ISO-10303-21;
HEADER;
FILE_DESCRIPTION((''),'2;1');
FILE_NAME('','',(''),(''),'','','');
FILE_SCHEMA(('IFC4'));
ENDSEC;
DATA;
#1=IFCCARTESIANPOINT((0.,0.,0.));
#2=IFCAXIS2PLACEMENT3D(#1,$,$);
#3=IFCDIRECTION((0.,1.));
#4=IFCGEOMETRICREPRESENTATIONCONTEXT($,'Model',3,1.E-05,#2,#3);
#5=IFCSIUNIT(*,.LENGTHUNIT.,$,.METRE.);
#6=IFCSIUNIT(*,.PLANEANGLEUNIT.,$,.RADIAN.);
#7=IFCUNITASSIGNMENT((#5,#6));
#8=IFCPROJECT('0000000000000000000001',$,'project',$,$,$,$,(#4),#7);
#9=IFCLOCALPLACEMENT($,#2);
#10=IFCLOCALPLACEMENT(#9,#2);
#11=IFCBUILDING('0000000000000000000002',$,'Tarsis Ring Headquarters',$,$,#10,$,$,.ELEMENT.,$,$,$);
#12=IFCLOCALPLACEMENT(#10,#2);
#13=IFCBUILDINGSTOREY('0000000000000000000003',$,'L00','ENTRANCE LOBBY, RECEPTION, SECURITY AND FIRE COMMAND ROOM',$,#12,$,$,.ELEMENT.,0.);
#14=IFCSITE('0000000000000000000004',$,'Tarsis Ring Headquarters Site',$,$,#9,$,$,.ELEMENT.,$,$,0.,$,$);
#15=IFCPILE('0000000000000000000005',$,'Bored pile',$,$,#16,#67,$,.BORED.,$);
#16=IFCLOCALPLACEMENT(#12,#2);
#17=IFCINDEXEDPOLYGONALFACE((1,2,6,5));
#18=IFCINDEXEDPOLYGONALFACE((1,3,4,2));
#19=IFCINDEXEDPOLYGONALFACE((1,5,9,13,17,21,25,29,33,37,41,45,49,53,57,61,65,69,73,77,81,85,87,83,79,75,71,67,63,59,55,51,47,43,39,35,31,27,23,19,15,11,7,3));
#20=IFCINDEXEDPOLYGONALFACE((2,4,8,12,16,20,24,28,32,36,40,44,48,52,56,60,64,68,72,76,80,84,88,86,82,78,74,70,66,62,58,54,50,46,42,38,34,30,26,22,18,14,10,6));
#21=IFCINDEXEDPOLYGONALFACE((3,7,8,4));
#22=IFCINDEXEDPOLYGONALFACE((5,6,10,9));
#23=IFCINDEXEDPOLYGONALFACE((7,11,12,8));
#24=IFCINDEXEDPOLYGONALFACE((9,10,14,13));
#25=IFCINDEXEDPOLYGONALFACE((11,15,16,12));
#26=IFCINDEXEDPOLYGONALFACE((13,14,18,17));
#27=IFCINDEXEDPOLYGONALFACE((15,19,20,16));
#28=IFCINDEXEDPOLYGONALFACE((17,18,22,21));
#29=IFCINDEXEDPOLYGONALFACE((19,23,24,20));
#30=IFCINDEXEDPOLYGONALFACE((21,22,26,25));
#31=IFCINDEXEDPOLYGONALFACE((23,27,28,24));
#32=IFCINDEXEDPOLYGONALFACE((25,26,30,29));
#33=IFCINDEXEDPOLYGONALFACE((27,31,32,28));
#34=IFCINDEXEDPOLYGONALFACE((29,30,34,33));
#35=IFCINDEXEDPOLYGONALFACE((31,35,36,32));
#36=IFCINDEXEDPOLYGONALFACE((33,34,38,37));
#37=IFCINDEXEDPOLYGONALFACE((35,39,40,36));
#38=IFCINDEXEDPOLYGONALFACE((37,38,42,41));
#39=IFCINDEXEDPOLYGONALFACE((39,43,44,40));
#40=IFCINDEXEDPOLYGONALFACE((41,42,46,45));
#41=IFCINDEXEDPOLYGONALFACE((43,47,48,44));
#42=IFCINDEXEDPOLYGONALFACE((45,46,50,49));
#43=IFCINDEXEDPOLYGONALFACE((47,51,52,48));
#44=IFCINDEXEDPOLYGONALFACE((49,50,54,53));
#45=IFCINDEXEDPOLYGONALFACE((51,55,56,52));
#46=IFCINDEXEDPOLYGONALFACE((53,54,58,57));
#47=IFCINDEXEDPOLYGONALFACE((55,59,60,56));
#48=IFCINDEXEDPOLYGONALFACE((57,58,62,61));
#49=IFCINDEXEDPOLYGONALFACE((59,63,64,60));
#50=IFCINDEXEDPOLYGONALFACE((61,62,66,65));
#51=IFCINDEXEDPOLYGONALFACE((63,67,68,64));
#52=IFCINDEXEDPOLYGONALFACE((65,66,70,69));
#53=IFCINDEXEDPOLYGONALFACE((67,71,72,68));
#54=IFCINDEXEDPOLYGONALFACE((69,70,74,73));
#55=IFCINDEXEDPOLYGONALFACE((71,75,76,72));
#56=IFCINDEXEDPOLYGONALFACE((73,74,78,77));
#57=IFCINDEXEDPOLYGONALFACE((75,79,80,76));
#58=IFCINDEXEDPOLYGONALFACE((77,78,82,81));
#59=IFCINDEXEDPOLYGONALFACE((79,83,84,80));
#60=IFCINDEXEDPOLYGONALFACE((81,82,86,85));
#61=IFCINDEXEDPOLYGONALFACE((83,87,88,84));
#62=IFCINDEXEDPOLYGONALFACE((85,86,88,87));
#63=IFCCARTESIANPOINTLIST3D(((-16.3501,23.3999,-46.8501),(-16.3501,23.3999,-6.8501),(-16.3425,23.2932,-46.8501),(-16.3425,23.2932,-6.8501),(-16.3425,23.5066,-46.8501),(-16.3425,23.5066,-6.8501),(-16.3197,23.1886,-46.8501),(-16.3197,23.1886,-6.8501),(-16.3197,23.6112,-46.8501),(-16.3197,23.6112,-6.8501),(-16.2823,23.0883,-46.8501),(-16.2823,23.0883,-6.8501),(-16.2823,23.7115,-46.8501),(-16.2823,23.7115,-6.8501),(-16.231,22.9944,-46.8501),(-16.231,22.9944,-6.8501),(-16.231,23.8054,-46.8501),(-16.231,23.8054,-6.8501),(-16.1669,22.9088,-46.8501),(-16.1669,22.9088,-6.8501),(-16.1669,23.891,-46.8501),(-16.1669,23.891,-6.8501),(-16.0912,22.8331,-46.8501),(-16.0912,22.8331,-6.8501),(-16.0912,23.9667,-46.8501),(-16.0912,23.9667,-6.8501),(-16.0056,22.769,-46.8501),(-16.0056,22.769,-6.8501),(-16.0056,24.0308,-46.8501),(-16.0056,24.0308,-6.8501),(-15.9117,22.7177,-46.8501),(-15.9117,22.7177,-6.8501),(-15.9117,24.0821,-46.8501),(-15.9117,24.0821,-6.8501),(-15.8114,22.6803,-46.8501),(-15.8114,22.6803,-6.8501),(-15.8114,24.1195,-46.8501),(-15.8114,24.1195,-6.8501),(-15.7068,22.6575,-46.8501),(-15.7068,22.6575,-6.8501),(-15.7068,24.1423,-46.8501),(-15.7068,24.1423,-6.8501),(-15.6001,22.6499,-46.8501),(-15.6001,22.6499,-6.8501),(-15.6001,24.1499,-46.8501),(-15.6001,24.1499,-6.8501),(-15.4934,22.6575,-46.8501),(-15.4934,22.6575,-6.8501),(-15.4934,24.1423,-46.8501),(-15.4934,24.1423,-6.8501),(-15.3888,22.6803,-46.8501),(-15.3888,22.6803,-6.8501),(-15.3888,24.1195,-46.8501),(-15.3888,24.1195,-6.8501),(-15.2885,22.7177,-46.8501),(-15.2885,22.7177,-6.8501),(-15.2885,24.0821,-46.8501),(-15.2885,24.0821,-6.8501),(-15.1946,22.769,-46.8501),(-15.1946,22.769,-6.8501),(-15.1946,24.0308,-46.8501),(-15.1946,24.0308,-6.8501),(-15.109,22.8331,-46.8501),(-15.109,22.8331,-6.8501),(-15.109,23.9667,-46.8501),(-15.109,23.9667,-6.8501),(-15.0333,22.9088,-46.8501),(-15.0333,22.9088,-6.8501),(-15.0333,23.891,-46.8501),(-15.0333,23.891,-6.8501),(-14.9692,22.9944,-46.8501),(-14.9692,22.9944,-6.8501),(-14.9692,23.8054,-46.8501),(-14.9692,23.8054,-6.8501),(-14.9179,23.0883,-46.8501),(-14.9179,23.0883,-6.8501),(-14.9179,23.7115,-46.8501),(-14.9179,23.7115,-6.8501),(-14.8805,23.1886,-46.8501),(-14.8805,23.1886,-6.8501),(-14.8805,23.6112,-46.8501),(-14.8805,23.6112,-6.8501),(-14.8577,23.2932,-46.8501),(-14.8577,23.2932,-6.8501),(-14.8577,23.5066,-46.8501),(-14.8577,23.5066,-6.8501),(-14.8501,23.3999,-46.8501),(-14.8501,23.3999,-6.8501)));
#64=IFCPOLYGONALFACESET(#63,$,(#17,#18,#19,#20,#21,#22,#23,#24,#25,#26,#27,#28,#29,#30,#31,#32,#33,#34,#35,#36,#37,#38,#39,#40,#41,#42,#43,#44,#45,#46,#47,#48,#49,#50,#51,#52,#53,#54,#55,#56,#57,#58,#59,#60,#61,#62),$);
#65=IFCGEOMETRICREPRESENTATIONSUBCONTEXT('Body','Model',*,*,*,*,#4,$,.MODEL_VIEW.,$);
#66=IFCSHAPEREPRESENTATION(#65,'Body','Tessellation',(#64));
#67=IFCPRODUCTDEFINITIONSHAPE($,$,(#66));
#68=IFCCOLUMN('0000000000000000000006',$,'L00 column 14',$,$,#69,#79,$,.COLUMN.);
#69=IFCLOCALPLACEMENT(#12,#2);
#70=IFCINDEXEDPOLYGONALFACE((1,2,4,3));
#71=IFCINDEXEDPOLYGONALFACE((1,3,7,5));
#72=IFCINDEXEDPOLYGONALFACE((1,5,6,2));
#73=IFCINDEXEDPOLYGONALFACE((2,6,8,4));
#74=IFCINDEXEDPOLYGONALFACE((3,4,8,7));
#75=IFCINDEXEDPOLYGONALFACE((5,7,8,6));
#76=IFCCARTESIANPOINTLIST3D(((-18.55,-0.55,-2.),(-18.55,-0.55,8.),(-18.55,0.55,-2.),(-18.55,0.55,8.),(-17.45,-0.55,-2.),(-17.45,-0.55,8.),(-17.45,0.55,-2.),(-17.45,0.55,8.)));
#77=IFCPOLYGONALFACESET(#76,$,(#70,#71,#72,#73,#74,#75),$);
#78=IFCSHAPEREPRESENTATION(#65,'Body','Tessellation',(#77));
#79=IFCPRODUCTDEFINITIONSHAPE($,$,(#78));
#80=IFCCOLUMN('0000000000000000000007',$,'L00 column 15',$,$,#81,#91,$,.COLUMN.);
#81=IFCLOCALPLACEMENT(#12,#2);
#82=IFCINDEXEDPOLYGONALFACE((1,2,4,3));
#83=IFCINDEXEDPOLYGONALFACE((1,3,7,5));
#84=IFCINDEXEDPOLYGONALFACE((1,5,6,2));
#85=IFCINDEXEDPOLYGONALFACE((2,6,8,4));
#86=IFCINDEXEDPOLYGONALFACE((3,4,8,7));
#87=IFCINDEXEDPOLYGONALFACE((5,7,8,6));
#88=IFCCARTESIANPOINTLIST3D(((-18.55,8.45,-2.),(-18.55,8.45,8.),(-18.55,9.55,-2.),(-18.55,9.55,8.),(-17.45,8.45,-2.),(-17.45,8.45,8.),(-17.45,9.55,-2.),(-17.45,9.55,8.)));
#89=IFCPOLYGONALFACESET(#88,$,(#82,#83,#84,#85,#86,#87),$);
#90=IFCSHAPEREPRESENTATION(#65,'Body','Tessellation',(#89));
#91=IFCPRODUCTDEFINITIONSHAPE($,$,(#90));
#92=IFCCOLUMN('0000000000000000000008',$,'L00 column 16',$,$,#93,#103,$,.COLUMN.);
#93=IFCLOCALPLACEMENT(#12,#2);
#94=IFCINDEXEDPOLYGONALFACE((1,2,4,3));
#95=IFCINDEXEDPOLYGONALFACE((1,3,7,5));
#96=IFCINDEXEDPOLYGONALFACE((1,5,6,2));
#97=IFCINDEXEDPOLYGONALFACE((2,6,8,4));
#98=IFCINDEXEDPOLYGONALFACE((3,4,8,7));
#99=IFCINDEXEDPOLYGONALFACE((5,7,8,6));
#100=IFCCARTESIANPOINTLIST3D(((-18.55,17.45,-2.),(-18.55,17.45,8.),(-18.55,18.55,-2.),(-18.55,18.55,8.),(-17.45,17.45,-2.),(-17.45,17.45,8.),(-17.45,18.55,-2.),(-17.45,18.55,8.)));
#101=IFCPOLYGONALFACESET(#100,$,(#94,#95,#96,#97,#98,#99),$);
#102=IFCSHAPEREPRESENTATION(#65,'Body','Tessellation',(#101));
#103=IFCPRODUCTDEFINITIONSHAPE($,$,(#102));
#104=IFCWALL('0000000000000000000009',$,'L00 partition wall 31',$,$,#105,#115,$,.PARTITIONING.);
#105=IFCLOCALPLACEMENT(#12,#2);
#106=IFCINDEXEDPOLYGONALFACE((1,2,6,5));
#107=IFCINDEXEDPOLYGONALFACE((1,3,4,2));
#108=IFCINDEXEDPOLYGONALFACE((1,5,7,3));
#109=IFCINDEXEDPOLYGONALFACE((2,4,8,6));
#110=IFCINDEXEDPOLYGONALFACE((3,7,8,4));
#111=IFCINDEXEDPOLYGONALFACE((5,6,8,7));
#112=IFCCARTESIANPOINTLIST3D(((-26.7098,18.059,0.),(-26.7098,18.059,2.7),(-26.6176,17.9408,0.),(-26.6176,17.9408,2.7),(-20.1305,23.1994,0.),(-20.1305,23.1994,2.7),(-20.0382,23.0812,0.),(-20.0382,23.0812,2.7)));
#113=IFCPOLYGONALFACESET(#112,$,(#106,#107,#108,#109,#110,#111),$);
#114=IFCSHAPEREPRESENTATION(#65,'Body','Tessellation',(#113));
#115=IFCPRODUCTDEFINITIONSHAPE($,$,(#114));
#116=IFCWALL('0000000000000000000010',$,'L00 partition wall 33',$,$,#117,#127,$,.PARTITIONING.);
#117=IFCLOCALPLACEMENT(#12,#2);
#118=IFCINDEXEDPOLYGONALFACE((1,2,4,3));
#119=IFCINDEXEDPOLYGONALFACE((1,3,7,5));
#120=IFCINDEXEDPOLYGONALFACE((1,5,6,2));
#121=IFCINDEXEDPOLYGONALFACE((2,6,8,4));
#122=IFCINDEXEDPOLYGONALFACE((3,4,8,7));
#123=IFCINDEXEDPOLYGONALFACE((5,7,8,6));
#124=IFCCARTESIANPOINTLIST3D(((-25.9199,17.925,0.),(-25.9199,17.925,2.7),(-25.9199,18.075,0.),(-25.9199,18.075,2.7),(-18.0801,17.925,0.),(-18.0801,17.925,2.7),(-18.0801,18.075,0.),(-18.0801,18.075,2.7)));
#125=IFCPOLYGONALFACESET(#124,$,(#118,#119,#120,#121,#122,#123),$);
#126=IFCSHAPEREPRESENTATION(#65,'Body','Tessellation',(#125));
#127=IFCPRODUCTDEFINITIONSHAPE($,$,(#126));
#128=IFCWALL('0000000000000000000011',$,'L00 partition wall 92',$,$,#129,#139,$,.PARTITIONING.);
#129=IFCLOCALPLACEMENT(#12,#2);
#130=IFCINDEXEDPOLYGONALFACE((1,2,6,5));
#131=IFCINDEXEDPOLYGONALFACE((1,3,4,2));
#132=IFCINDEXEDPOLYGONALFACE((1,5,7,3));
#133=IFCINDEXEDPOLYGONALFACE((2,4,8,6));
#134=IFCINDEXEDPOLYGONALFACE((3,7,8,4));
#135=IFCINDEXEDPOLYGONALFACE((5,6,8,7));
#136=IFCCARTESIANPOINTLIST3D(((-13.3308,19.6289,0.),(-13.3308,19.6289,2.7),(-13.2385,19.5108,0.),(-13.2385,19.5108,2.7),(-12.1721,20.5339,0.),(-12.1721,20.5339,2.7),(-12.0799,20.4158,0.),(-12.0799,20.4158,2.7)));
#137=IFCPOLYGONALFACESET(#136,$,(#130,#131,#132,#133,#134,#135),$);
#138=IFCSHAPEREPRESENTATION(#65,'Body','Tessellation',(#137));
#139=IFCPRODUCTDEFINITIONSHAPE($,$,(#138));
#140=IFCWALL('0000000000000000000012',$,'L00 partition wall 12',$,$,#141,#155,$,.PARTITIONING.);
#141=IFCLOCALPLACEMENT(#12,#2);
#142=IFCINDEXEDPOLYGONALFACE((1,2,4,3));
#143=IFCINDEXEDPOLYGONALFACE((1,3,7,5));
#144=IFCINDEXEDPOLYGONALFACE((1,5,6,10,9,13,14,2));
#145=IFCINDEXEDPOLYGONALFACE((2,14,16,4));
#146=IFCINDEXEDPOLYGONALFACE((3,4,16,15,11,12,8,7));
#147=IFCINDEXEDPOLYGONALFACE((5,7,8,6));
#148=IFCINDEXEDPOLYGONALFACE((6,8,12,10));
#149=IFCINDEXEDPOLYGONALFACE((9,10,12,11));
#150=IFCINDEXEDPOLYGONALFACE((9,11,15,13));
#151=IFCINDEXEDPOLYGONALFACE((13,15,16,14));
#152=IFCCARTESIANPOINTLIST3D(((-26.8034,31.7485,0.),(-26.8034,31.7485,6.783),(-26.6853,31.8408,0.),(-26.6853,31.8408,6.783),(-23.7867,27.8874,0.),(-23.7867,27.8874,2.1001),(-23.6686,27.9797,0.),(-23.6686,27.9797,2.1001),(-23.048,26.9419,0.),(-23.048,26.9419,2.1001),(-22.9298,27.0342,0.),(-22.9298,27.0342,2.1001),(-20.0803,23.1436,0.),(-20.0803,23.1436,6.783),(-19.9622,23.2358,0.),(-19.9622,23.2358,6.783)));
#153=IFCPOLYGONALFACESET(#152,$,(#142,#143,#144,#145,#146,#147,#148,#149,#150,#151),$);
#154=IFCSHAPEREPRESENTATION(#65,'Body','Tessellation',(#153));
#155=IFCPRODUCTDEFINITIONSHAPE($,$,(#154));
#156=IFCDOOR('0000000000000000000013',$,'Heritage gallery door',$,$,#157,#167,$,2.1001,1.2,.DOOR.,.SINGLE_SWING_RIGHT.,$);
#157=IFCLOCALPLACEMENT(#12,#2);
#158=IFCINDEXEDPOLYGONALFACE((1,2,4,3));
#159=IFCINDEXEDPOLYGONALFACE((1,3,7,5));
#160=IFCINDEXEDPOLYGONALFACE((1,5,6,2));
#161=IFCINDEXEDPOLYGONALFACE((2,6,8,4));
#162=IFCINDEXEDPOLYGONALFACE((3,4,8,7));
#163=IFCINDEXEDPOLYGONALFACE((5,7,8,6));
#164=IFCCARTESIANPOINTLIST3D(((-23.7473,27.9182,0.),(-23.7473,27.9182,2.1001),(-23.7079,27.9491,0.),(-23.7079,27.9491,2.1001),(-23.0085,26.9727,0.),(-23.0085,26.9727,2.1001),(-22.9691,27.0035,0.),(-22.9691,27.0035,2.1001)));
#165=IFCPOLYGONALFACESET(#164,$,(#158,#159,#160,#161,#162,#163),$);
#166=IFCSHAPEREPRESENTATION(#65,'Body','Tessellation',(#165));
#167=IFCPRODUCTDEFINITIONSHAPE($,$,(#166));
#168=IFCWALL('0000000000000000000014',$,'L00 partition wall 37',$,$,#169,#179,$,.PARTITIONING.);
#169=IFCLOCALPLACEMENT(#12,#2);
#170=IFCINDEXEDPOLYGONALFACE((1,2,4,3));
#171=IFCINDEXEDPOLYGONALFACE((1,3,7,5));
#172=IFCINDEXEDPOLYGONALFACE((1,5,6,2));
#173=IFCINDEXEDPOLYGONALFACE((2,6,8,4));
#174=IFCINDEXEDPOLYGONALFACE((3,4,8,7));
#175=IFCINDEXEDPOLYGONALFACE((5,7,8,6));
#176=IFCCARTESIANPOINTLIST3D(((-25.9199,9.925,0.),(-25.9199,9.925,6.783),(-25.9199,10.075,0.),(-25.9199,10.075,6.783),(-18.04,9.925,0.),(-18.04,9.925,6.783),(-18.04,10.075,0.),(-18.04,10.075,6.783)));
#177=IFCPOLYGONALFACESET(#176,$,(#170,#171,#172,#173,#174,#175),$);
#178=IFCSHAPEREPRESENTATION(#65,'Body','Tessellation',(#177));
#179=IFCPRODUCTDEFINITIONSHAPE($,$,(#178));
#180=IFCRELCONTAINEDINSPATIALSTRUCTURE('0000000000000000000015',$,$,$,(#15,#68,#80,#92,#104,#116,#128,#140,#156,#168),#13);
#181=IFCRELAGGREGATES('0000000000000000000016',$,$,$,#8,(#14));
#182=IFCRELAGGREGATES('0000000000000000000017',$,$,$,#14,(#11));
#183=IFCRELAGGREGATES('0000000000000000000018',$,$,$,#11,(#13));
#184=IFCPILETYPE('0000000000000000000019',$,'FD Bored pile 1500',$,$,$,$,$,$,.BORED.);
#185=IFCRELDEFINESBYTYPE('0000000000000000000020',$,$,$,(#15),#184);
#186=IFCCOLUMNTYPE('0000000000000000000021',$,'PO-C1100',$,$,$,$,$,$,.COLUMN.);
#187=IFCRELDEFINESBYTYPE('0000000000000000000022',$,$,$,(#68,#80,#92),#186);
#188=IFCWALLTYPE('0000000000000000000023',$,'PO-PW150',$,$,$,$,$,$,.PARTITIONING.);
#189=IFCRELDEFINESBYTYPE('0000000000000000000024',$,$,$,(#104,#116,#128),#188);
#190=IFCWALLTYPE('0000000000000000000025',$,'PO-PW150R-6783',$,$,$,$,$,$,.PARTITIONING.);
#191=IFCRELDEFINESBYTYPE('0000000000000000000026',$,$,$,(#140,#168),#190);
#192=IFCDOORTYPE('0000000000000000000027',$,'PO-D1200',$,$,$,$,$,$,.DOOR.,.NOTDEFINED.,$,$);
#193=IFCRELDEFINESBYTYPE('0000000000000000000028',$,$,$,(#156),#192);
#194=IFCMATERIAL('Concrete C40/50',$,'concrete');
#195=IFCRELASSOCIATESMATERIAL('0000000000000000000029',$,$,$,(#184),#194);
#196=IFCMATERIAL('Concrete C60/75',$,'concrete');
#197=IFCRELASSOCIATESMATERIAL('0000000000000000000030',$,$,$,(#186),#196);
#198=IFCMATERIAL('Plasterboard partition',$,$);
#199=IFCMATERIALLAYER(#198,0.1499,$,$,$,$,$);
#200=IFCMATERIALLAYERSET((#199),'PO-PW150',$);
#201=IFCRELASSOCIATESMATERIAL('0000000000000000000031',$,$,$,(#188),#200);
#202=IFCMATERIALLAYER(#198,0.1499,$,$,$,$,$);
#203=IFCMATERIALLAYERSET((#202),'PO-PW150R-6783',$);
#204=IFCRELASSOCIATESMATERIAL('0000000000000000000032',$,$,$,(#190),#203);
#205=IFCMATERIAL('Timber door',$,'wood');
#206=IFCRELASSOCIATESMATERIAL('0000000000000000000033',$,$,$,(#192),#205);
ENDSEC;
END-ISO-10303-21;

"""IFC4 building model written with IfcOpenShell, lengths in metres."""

from ifc_helpers import new_model, si_unit, direction, frame, frame_2d, origin, origin_2d, place, context, subcontext, project, spatial, rectangle, circle, extrude, material, layer, layer_set, material_profile, profile_set, type_object, element, fill, save


model = new_model("IFC4")

# Units and contexts
model_context = context("Model", 3, precision=1e-05, world=origin(), true_north=direction((0.0, 1.0)))
body_context = subcontext(model_context, "Body", "Model", "MODEL_VIEW")
ifc_project = project(units=[si_unit("LENGTHUNIT", "METRE"), si_unit("PLANEANGLEUNIT", "RADIAN")], contexts=[model_context])

# Site, building, storey
site_placement = place(None, origin())
site = spatial("IfcSite", under=ifc_project, at=site_placement, Name="Tarsis Ring Headquarters Site", CompositionType="ELEMENT", RefElevation=0.0)
building_placement = place(site_placement, origin())
building = spatial("IfcBuilding", under=site, at=building_placement, Name="Tarsis Ring Headquarters", CompositionType="ELEMENT")
storey_placement = place(building_placement, origin())
storey = spatial("IfcBuildingStorey", under=building, at=storey_placement, Name="L00", Description="ENTRANCE LOBBY, RECEPTION, SECURITY AND FIRE COMMAND ROOM", CompositionType="ELEMENT", Elevation=0.0)

# Pile
ifc_material_1 = material(Name="Concrete C40/50", Category="concrete")
ifc_material_profile_1 = material_profile(ifc_material_1, circle(Radius=0.75, at=origin_2d()), Name="BORED 1500")
ifc_profile_set_1 = profile_set([ifc_material_profile_1], Name="Concrete C40/50")
pile_type_1 = type_object("IfcPileType", Name="FD Bored pile 1500", PredefinedType="BORED", material=ifc_profile_set_1)
for number, where, z_axis, x_axis, name in (
    (1, (-15.6001, 23.3999, -6.8501), (0.0, 0.0, -1.0), (1.0, 0.0, 0.0), "Bored pile"),
):
    element("IfcPile", number, at=place(storey_placement, frame(where, z_axis=z_axis, x_axis=x_axis)), inside=storey, type_object=pile_type_1, Name=name, PredefinedType="BORED", context=body_context, shape_type="SweptSolid", body=[
        extrude(circle(Radius=0.75, at=origin_2d()), origin(), (0.0, 0.0, 1.0), 40.0),
    ])

# Columns
ifc_material_2 = material(Name="Concrete C60/75", Category="concrete")
ifc_material_profile_2 = material_profile(ifc_material_2, rectangle(XDim=1.1001, YDim=1.1001, at=origin_2d()), Name="PO-C1100")
ifc_profile_set_2 = profile_set([ifc_material_profile_2], Name="Concrete C60/75")
column_type = type_object("IfcColumnType", Name="PO-C1100", PredefinedType="COLUMN", material=ifc_profile_set_2)
for number, where, z_axis, x_axis, name in (
    (2, (-18.0, 0.0, -2.0), (0.0, 0.0, 1.0), (1.0, 0.0, 0.0), "L00 column 14"),
    (3, (-18.0, 9.0, -2.0), (0.0, 0.0, 1.0), (1.0, 0.0, 0.0), "L00 column 15"),
    (4, (-18.0, 18.0, -2.0), (0.0, 0.0, 1.0), (1.0, 0.0, 0.0), "L00 column 16"),
):
    element("IfcColumn", number, at=place(storey_placement, frame(where, z_axis=z_axis, x_axis=x_axis)), inside=storey, type_object=column_type, Name=name, PredefinedType="COLUMN", context=body_context, shape_type="SweptSolid", body=[
        extrude(rectangle(XDim=1.1001, YDim=1.1001, at=origin_2d()), origin(), (0.0, 0.0, 1.0), 10.0),
    ])

# Walls
ifc_material_3 = material(Name="Plasterboard partition")
ifc_layer_1 = layer(ifc_material_3, 0.1499)
ifc_layer_set_1 = layer_set([ifc_layer_1], Name="PO-PW150")
wall_type_1 = type_object("IfcWallType", Name="PO-PW150", PredefinedType="PARTITIONING", material=ifc_layer_set_1)
wall_1_placement = place(storey_placement, frame((-20.0842, 23.1404, 0.0), z_axis=(0.0, 0.0, 1.0), x_axis=(-0.788009, -0.615664, 0.0)))
element("IfcWall", 5, at=wall_1_placement, inside=storey, type_object=wall_type_1, Name="L00 partition wall 31", PredefinedType="PARTITIONING", context=body_context, shape_type="SweptSolid", body=[
    extrude(rectangle(XDim=8.3494, YDim=0.1499, at=frame_2d((4.1748, 0.0))), origin(), (0.0, 0.0, 1.0), 2.7),
])
wall_2_placement = place(storey_placement, frame((-18.0801, 18.0, 0.0), z_axis=(0.0, 0.0, 1.0), x_axis=(-1.0, 0.0, 0.0)))
element("IfcWall", 6, at=wall_2_placement, inside=storey, type_object=wall_type_1, Name="L00 partition wall 33", PredefinedType="PARTITIONING", context=body_context, shape_type="SweptSolid", body=[
    extrude(rectangle(XDim=7.8398, YDim=0.1499, at=frame_2d((3.9199, 0.0))), origin(), (0.0, 0.0, 1.0), 2.7),
])
wall_3_placement = place(storey_placement, frame((-13.2847, 19.5698, 0.0), z_axis=(0.0, 0.0, 1.0), x_axis=(0.78809, 0.61556, 0.0)))
element("IfcWall", 7, at=wall_3_placement, inside=storey, type_object=wall_type_1, Name="L00 partition wall 92", PredefinedType="PARTITIONING", context=body_context, shape_type="SweptSolid", body=[
    extrude(rectangle(XDim=1.4702, YDim=0.1499, at=frame_2d((0.7351, 0.0))), origin(), (0.0, 0.0, 1.0), 2.7),
])

# Wall, opening, door
ifc_layer_2 = layer(ifc_material_3, 0.1499)
ifc_layer_set_2 = layer_set([ifc_layer_2], Name="PO-PW150R-6783")
wall_type_2 = type_object("IfcWallType", Name="PO-PW150R-6783", PredefinedType="PARTITIONING", material=ifc_layer_set_2)
wall_4_placement = place(storey_placement, frame((-20.0212, 23.1897, 0.0), z_axis=(0.0, 0.0, 1.0), x_axis=(-0.615673, 0.788002, 0.0)))
wall_4 = element("IfcWall", 8, at=wall_4_placement, inside=storey, type_object=wall_type_2, Name="L00 partition wall 12", PredefinedType="PARTITIONING", context=body_context, shape_type="SweptSolid", body=[
    extrude(rectangle(XDim=10.9199, YDim=0.1499, at=frame_2d((5.46, 0.0))), origin(), (0.0, 0.0, 1.0), 6.783),
])
opening_1_placement = place(wall_4_placement, frame((4.8201, 0.0, 0.0)))
opening_1 = element("IfcOpeningElement", 9, at=opening_1_placement, cuts=wall_4, PredefinedType="OPENING", context=body_context, shape_type="SweptSolid", body=[
    extrude(rectangle(XDim=1.2, YDim=2.1001, at=frame_2d((0.6001, 1.05))), frame((0.0, 0.085, 0.0), z_axis=(0.0, -1.0, 0.0), x_axis=(1.0, 0.0, 0.0)), (0.0, 0.0, 1.0), 0.1699),
])
ifc_material_4 = material(Name="Timber door", Category="wood")
door_type_1 = type_object("IfcDoorType", Name="PO-D1200", OperationType="NOTDEFINED", PredefinedType="DOOR", material=ifc_material_4)
door_1_placement = place(opening_1_placement, origin())
door_1 = element("IfcDoor", 10, at=door_1_placement, inside=storey, type_object=door_type_1, Name="Heritage gallery door", OperationType="SINGLE_SWING_RIGHT", OverallHeight=2.1001, OverallWidth=1.2, PredefinedType="DOOR", context=body_context, shape_type="SweptSolid", body=[
    extrude(rectangle(XDim=1.2, YDim=2.1001, at=frame_2d((0.6001, 1.05))), frame((0.0, 0.0249, 0.0), z_axis=(0.0, -1.0, 0.0), x_axis=(1.0, 0.0, 0.0)), (0.0, 0.0, 1.0), 0.05),
])
fill(opening_1, door_1)

# Wall
wall_5_placement = place(storey_placement, frame((-25.9199, 10.0, 0.0), z_axis=(0.0, 0.0, 1.0), x_axis=(1.0, 0.0, 0.0)))
element("IfcWall", 11, at=wall_5_placement, inside=storey, type_object=wall_type_2, Name="L00 partition wall 37", PredefinedType="PARTITIONING", context=body_context, shape_type="SweptSolid", body=[
    extrude(rectangle(XDim=7.8799, YDim=0.1499, at=frame_2d((3.9399, 0.0))), origin(), (0.0, 0.0, 1.0), 6.783),
])

save(model, "model.ifc")
